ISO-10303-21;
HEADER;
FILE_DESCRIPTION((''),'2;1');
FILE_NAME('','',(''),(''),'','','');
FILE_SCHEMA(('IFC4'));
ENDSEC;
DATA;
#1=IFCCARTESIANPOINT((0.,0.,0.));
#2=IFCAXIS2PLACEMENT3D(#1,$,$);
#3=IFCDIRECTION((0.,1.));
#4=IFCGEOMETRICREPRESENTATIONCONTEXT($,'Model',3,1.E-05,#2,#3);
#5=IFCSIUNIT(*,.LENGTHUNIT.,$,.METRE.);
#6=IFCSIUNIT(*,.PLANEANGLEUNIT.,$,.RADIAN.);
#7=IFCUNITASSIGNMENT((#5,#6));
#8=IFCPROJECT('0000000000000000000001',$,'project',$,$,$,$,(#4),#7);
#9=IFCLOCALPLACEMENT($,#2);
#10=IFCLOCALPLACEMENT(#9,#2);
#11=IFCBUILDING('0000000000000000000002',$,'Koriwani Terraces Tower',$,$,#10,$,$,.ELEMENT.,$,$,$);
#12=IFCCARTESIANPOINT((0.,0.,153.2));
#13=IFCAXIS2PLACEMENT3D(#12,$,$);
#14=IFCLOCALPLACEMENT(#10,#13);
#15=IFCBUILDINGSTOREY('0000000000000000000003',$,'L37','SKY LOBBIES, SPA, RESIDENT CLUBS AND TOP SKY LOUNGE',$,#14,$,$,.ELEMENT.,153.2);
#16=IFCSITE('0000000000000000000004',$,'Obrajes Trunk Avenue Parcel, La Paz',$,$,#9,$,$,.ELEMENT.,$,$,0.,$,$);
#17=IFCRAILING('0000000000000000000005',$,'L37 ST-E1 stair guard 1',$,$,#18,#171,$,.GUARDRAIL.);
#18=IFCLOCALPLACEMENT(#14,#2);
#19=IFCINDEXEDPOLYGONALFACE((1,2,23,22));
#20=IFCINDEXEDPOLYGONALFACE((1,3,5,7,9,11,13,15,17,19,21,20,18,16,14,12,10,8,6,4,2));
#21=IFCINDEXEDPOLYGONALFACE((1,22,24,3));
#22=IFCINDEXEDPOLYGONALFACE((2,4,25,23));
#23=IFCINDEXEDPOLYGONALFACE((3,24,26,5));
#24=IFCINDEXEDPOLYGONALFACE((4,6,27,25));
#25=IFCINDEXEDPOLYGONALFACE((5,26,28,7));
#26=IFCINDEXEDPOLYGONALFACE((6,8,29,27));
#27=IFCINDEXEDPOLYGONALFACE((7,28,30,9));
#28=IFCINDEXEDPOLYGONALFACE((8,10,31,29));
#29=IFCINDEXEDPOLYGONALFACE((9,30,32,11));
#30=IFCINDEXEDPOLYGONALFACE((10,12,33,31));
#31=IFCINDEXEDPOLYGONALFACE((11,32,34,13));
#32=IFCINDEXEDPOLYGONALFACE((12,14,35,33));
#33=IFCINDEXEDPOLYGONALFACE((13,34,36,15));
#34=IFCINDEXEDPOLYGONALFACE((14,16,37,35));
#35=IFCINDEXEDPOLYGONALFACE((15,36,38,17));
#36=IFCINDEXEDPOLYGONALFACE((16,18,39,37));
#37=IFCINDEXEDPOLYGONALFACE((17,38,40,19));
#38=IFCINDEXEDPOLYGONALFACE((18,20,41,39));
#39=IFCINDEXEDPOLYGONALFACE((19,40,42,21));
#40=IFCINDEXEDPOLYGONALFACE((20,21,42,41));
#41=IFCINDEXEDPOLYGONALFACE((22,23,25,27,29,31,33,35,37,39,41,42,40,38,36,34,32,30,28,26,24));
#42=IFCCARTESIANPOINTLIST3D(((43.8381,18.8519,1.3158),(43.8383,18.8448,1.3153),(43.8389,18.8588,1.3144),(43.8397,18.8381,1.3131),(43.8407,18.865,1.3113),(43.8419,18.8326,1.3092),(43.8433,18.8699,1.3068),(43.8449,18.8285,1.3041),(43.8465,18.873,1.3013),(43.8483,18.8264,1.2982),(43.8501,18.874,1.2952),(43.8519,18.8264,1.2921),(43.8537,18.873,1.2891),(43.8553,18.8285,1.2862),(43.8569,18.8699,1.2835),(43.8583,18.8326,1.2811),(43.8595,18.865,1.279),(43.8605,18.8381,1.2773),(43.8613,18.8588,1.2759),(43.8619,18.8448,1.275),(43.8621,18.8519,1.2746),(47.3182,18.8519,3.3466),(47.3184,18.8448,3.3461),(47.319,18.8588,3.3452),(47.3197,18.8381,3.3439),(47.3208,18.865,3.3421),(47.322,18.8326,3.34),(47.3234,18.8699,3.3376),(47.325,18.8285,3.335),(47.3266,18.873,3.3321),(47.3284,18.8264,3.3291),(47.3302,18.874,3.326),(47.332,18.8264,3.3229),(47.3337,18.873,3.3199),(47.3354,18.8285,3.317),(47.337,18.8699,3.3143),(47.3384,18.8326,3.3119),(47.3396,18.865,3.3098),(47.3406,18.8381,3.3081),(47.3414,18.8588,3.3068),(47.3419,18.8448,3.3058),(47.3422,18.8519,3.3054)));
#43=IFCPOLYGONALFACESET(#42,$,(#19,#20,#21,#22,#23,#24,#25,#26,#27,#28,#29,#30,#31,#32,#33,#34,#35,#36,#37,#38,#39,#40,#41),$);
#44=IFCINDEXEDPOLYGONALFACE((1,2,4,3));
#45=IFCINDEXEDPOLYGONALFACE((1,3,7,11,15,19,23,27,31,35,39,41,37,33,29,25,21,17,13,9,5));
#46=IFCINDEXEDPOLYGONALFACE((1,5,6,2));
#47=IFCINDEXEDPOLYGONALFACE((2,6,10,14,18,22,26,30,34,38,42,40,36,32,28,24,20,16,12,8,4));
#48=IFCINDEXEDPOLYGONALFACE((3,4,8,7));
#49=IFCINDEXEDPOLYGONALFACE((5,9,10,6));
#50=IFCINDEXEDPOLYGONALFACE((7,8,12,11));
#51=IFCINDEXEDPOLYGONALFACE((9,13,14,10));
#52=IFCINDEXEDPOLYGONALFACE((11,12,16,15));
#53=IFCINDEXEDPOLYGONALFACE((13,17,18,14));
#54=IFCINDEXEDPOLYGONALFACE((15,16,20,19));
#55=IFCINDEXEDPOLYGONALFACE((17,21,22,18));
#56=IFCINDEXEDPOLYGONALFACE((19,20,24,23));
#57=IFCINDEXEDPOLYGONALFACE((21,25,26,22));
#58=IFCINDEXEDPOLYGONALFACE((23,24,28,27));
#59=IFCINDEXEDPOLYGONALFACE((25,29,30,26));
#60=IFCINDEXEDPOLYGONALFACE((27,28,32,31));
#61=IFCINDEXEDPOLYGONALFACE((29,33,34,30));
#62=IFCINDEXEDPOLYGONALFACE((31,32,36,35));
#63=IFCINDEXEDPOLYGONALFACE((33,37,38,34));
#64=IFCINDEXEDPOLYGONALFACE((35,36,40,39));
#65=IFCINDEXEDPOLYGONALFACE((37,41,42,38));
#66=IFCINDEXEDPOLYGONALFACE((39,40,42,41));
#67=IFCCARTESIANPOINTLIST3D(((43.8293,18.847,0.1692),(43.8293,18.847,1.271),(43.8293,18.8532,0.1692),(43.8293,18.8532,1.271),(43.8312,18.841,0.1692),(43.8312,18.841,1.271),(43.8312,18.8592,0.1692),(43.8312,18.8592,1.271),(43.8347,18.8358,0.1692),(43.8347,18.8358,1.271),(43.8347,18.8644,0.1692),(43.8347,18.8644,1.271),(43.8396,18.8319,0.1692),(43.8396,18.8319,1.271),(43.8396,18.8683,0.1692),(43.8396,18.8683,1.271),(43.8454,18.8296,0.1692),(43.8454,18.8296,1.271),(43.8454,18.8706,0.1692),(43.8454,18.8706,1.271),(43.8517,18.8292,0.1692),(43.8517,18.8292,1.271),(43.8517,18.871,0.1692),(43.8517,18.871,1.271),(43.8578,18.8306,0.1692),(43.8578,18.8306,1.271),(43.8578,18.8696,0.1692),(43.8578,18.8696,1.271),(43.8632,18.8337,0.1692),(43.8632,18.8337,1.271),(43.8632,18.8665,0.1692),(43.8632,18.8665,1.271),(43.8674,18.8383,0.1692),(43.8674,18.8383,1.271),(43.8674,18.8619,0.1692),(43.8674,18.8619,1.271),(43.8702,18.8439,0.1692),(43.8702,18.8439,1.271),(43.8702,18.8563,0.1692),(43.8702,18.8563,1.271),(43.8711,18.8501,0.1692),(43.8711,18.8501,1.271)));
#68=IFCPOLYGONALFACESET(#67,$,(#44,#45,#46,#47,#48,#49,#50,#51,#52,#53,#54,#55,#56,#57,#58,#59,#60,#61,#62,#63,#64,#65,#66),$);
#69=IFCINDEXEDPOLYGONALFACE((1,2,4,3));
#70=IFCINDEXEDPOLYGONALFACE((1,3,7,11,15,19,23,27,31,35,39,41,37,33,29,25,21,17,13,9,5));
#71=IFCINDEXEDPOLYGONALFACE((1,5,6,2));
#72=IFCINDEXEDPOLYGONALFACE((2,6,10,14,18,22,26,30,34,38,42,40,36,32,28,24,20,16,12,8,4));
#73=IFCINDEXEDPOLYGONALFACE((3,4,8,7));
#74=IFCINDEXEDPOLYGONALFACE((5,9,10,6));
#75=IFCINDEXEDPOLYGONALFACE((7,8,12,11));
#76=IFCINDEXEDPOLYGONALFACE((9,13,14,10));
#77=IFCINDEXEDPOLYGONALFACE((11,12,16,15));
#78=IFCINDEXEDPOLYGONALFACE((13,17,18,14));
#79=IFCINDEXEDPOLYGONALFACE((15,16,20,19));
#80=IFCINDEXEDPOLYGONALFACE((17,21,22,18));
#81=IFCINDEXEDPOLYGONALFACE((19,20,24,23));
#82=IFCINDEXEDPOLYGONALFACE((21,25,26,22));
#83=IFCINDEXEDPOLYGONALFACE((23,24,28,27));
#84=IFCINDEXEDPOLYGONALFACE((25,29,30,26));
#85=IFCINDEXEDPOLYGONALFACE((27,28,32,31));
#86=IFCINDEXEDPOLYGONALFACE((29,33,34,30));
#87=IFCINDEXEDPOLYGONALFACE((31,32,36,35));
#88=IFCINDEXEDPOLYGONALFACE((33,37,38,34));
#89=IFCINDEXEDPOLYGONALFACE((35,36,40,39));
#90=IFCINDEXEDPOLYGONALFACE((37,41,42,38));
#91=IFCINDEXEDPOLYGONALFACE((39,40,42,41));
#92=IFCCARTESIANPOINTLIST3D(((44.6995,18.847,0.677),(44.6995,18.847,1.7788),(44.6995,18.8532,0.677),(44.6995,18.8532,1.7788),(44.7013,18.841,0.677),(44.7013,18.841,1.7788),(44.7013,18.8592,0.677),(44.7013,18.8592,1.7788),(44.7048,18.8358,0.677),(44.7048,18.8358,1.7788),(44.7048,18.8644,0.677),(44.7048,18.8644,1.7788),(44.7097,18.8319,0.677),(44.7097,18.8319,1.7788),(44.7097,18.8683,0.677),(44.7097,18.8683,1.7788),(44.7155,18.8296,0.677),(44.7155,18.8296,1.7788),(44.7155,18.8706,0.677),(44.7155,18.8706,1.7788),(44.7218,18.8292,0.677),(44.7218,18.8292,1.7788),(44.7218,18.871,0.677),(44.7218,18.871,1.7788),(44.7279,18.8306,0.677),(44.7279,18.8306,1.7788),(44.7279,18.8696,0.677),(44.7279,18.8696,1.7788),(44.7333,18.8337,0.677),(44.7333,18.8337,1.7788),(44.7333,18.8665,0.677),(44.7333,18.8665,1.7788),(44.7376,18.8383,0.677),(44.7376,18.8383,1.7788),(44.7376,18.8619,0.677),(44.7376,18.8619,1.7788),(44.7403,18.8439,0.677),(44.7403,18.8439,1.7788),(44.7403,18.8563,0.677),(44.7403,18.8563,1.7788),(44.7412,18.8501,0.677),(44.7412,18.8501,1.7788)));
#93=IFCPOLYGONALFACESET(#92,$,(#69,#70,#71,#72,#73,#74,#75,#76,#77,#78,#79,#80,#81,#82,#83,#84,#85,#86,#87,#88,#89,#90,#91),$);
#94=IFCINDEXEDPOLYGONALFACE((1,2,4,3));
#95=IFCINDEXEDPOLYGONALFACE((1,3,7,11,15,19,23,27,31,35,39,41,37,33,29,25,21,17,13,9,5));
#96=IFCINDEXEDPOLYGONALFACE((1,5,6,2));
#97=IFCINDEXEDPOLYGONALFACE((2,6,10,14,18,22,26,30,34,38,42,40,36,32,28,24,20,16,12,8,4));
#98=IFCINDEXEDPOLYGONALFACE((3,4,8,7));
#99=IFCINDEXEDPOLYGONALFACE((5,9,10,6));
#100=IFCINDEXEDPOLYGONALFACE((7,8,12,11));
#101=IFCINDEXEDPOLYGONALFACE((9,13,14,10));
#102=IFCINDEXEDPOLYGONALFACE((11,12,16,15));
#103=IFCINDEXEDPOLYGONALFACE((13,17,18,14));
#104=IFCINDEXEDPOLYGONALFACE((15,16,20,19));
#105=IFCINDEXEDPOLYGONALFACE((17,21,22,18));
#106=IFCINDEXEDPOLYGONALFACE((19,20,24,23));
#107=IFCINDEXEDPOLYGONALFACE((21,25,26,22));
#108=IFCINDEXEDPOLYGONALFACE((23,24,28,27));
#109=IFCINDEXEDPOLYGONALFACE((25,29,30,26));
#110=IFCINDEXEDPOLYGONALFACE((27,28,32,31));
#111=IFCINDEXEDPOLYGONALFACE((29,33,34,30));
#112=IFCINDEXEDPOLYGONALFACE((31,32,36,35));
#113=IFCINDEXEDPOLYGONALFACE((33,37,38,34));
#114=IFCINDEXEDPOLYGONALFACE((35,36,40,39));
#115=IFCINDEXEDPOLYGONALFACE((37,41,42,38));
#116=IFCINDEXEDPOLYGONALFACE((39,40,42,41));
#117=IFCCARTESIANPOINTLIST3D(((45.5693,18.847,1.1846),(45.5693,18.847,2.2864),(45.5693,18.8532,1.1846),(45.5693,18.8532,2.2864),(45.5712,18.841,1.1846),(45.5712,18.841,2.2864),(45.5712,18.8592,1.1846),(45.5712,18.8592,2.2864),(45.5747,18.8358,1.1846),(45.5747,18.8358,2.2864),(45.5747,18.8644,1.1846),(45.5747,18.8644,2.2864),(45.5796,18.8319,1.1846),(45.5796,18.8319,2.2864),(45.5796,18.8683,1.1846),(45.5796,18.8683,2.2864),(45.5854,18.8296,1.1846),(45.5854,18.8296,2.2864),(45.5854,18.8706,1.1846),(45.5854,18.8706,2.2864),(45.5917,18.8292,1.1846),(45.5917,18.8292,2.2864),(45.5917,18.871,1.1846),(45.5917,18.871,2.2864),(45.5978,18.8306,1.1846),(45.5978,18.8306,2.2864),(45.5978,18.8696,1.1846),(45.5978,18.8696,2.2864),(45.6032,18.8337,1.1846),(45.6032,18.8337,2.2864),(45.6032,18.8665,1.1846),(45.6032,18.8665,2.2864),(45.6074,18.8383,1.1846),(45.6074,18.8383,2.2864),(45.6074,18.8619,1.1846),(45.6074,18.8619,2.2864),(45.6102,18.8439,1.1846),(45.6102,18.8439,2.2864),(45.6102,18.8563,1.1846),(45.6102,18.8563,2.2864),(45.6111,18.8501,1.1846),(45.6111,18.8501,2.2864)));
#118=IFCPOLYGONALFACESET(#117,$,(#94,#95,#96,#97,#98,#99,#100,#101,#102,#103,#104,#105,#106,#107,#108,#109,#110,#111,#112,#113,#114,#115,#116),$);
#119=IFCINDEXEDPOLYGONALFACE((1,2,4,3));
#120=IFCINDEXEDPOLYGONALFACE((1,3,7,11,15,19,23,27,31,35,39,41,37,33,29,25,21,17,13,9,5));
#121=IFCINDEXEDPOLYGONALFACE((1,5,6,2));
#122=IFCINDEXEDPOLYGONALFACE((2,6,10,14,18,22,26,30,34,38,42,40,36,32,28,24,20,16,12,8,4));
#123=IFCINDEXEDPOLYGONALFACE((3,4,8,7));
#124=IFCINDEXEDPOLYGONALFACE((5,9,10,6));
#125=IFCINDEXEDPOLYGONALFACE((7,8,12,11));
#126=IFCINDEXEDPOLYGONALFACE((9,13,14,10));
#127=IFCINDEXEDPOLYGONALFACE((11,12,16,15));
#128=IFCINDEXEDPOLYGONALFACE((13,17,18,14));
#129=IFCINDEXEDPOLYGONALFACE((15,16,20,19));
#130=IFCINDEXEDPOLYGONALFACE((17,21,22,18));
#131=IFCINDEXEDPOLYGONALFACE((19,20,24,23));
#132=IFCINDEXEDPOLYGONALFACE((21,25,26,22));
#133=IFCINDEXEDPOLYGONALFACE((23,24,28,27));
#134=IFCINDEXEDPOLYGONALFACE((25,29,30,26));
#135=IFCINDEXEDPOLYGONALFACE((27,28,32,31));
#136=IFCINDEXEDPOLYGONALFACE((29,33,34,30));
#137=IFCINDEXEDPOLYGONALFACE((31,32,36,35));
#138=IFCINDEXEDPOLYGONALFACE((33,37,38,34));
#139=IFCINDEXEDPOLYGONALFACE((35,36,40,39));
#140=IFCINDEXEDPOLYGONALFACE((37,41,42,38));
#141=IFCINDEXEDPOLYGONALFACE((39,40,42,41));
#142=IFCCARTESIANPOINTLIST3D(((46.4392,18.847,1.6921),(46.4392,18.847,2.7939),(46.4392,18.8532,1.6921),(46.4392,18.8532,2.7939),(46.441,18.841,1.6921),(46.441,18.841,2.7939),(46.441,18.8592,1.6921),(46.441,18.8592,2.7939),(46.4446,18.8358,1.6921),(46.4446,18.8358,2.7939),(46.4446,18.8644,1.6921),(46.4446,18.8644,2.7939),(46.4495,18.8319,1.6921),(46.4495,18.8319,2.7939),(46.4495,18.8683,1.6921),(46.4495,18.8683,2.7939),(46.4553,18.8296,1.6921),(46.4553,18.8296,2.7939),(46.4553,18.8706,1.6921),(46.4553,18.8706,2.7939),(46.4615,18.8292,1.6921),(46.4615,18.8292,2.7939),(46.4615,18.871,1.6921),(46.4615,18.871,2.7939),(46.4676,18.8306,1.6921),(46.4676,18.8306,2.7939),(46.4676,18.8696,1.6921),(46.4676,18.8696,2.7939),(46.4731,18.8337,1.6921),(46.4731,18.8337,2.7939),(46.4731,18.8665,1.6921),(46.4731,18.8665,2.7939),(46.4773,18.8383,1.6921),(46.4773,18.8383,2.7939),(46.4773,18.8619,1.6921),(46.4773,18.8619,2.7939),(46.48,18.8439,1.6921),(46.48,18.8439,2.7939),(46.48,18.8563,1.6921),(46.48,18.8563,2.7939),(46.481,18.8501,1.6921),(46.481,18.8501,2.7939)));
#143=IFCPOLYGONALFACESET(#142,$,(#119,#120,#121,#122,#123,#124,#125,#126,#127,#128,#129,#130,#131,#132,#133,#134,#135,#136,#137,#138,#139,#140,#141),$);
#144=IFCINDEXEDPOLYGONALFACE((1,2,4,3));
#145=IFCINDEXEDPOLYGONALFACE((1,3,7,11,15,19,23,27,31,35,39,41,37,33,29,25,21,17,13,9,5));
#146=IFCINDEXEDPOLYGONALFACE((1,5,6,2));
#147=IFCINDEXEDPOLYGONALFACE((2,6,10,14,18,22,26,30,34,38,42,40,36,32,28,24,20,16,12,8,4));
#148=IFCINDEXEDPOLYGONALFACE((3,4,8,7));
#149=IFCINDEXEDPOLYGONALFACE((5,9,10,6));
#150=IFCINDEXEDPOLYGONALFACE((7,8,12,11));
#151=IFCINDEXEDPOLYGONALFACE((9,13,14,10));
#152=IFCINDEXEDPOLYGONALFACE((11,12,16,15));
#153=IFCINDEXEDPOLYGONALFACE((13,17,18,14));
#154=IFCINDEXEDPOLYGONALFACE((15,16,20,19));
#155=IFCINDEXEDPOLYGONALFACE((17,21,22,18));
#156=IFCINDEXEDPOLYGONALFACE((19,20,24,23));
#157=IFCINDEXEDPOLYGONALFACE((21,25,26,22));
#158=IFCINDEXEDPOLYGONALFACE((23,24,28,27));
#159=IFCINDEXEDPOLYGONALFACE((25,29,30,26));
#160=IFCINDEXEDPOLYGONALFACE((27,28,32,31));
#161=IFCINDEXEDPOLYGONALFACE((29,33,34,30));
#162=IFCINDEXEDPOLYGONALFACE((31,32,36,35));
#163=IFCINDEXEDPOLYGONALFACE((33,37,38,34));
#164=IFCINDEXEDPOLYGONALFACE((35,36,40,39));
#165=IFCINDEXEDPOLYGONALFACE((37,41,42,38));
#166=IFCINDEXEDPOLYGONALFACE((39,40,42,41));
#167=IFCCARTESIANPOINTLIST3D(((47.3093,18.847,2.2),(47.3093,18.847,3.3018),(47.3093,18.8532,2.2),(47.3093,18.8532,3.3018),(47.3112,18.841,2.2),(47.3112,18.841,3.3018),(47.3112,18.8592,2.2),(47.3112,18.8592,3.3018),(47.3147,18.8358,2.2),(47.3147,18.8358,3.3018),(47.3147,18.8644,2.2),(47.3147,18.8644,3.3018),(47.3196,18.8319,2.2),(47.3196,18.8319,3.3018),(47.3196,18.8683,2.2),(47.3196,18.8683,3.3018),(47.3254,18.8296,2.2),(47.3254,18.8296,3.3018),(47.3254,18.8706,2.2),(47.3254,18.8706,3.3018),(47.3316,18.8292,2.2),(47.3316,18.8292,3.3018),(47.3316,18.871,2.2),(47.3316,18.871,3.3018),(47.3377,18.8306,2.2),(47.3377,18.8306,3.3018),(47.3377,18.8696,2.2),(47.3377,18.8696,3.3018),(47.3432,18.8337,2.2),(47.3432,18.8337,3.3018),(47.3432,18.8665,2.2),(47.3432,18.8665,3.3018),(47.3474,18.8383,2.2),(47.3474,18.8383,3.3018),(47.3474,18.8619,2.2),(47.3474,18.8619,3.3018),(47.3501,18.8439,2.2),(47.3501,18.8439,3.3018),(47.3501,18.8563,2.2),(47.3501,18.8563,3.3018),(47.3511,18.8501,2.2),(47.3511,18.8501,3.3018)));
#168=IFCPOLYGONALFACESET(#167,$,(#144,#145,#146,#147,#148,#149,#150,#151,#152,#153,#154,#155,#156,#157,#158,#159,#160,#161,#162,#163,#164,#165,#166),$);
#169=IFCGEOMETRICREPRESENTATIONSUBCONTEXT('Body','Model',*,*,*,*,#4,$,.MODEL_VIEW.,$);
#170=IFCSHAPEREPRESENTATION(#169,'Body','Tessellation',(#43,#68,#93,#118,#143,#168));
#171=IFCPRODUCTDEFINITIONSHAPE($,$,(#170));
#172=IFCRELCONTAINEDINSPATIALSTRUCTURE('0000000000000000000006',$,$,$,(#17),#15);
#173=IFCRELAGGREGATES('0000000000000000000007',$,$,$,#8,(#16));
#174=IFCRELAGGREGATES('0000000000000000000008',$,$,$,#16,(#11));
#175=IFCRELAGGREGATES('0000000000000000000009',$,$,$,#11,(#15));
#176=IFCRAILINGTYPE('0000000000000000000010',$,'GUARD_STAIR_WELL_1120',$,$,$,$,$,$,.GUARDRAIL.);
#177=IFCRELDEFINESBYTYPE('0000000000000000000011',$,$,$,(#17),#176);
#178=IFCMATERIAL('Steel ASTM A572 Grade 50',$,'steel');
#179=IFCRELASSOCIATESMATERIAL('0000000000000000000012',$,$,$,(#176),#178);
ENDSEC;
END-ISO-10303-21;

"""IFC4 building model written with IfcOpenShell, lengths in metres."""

from ifc_helpers import new_model, si_unit, direction, frame, origin, origin_2d, place, context, subcontext, project, spatial, circle, extrude, material, type_object, element, save


model = new_model("IFC4")

# Units and contexts
model_context = context("Model", 3, precision=1e-05, world=origin(), true_north=direction((0.0, 1.0)))
body_context = subcontext(model_context, "Body", "Model", "MODEL_VIEW")
ifc_project = project(units=[si_unit("LENGTHUNIT", "METRE"), si_unit("PLANEANGLEUNIT", "RADIAN")], contexts=[model_context])

# Site, building, storey
site_placement = place(None, origin())
site = spatial("IfcSite", under=ifc_project, at=site_placement, Name="Obrajes Trunk Avenue Parcel, La Paz", CompositionType="ELEMENT", RefElevation=0.0)
building_placement = place(site_placement, origin())
building = spatial("IfcBuilding", under=site, at=building_placement, Name="Koriwani Terraces Tower", CompositionType="ELEMENT")
storey_placement = place(building_placement, frame((0.0, 0.0, 153.2)))
storey = spatial("IfcBuildingStorey", under=building, at=storey_placement, Name="L37", Description="SKY LOBBIES, SPA, RESIDENT CLUBS AND TOP SKY LOUNGE", CompositionType="ELEMENT", Elevation=153.2)

# Shared definitions
ifc_material_1 = material(Name="Steel ASTM A572 Grade 50", Category="steel")

# Railing
railing_type_1 = type_object("IfcRailingType", Name="GUARD_STAIR_WELL_1120", PredefinedType="GUARDRAIL", material=ifc_material_1)
railing_1_placement = place(storey_placement, frame((43.8501, 18.8501, 0.1692)))
element("IfcRailing", 1, at=railing_1_placement, inside=storey, type_object=railing_type_1, Name="L37 ST-E1 stair guard 1", PredefinedType="GUARDRAIL", context=body_context, shape_type="SweptSolid", body=[
    extrude(circle(Radius=0.0239, at=origin_2d()), frame((0.0, 0.0, 1.126), z_axis=(0.863695, 0.0, 0.504014), x_axis=(0.0, 1.0, 0.0)), (0.0, 0.0, 1.0), 4.0293),
    extrude(circle(Radius=0.021, at=origin_2d()), origin(), (0.0, 0.0, 1.0), 1.1018),
    extrude(circle(Radius=0.021, at=origin_2d()), frame((0.8701, 0.0, 0.5078)), (0.0, 0.0, 1.0), 1.1018),
    extrude(circle(Radius=0.021, at=origin_2d()), frame((1.74, 0.0, 1.0154)), (0.0, 0.0, 1.0), 1.1018),
    extrude(circle(Radius=0.021, at=origin_2d()), frame((2.6099, 0.0, 1.5229)), (0.0, 0.0, 1.0), 1.1018),
    extrude(circle(Radius=0.021, at=origin_2d()), frame((3.48, 0.0, 2.0308)), (0.0, 0.0, 1.0), 1.1018),
])

save(model, "model.ifc")
